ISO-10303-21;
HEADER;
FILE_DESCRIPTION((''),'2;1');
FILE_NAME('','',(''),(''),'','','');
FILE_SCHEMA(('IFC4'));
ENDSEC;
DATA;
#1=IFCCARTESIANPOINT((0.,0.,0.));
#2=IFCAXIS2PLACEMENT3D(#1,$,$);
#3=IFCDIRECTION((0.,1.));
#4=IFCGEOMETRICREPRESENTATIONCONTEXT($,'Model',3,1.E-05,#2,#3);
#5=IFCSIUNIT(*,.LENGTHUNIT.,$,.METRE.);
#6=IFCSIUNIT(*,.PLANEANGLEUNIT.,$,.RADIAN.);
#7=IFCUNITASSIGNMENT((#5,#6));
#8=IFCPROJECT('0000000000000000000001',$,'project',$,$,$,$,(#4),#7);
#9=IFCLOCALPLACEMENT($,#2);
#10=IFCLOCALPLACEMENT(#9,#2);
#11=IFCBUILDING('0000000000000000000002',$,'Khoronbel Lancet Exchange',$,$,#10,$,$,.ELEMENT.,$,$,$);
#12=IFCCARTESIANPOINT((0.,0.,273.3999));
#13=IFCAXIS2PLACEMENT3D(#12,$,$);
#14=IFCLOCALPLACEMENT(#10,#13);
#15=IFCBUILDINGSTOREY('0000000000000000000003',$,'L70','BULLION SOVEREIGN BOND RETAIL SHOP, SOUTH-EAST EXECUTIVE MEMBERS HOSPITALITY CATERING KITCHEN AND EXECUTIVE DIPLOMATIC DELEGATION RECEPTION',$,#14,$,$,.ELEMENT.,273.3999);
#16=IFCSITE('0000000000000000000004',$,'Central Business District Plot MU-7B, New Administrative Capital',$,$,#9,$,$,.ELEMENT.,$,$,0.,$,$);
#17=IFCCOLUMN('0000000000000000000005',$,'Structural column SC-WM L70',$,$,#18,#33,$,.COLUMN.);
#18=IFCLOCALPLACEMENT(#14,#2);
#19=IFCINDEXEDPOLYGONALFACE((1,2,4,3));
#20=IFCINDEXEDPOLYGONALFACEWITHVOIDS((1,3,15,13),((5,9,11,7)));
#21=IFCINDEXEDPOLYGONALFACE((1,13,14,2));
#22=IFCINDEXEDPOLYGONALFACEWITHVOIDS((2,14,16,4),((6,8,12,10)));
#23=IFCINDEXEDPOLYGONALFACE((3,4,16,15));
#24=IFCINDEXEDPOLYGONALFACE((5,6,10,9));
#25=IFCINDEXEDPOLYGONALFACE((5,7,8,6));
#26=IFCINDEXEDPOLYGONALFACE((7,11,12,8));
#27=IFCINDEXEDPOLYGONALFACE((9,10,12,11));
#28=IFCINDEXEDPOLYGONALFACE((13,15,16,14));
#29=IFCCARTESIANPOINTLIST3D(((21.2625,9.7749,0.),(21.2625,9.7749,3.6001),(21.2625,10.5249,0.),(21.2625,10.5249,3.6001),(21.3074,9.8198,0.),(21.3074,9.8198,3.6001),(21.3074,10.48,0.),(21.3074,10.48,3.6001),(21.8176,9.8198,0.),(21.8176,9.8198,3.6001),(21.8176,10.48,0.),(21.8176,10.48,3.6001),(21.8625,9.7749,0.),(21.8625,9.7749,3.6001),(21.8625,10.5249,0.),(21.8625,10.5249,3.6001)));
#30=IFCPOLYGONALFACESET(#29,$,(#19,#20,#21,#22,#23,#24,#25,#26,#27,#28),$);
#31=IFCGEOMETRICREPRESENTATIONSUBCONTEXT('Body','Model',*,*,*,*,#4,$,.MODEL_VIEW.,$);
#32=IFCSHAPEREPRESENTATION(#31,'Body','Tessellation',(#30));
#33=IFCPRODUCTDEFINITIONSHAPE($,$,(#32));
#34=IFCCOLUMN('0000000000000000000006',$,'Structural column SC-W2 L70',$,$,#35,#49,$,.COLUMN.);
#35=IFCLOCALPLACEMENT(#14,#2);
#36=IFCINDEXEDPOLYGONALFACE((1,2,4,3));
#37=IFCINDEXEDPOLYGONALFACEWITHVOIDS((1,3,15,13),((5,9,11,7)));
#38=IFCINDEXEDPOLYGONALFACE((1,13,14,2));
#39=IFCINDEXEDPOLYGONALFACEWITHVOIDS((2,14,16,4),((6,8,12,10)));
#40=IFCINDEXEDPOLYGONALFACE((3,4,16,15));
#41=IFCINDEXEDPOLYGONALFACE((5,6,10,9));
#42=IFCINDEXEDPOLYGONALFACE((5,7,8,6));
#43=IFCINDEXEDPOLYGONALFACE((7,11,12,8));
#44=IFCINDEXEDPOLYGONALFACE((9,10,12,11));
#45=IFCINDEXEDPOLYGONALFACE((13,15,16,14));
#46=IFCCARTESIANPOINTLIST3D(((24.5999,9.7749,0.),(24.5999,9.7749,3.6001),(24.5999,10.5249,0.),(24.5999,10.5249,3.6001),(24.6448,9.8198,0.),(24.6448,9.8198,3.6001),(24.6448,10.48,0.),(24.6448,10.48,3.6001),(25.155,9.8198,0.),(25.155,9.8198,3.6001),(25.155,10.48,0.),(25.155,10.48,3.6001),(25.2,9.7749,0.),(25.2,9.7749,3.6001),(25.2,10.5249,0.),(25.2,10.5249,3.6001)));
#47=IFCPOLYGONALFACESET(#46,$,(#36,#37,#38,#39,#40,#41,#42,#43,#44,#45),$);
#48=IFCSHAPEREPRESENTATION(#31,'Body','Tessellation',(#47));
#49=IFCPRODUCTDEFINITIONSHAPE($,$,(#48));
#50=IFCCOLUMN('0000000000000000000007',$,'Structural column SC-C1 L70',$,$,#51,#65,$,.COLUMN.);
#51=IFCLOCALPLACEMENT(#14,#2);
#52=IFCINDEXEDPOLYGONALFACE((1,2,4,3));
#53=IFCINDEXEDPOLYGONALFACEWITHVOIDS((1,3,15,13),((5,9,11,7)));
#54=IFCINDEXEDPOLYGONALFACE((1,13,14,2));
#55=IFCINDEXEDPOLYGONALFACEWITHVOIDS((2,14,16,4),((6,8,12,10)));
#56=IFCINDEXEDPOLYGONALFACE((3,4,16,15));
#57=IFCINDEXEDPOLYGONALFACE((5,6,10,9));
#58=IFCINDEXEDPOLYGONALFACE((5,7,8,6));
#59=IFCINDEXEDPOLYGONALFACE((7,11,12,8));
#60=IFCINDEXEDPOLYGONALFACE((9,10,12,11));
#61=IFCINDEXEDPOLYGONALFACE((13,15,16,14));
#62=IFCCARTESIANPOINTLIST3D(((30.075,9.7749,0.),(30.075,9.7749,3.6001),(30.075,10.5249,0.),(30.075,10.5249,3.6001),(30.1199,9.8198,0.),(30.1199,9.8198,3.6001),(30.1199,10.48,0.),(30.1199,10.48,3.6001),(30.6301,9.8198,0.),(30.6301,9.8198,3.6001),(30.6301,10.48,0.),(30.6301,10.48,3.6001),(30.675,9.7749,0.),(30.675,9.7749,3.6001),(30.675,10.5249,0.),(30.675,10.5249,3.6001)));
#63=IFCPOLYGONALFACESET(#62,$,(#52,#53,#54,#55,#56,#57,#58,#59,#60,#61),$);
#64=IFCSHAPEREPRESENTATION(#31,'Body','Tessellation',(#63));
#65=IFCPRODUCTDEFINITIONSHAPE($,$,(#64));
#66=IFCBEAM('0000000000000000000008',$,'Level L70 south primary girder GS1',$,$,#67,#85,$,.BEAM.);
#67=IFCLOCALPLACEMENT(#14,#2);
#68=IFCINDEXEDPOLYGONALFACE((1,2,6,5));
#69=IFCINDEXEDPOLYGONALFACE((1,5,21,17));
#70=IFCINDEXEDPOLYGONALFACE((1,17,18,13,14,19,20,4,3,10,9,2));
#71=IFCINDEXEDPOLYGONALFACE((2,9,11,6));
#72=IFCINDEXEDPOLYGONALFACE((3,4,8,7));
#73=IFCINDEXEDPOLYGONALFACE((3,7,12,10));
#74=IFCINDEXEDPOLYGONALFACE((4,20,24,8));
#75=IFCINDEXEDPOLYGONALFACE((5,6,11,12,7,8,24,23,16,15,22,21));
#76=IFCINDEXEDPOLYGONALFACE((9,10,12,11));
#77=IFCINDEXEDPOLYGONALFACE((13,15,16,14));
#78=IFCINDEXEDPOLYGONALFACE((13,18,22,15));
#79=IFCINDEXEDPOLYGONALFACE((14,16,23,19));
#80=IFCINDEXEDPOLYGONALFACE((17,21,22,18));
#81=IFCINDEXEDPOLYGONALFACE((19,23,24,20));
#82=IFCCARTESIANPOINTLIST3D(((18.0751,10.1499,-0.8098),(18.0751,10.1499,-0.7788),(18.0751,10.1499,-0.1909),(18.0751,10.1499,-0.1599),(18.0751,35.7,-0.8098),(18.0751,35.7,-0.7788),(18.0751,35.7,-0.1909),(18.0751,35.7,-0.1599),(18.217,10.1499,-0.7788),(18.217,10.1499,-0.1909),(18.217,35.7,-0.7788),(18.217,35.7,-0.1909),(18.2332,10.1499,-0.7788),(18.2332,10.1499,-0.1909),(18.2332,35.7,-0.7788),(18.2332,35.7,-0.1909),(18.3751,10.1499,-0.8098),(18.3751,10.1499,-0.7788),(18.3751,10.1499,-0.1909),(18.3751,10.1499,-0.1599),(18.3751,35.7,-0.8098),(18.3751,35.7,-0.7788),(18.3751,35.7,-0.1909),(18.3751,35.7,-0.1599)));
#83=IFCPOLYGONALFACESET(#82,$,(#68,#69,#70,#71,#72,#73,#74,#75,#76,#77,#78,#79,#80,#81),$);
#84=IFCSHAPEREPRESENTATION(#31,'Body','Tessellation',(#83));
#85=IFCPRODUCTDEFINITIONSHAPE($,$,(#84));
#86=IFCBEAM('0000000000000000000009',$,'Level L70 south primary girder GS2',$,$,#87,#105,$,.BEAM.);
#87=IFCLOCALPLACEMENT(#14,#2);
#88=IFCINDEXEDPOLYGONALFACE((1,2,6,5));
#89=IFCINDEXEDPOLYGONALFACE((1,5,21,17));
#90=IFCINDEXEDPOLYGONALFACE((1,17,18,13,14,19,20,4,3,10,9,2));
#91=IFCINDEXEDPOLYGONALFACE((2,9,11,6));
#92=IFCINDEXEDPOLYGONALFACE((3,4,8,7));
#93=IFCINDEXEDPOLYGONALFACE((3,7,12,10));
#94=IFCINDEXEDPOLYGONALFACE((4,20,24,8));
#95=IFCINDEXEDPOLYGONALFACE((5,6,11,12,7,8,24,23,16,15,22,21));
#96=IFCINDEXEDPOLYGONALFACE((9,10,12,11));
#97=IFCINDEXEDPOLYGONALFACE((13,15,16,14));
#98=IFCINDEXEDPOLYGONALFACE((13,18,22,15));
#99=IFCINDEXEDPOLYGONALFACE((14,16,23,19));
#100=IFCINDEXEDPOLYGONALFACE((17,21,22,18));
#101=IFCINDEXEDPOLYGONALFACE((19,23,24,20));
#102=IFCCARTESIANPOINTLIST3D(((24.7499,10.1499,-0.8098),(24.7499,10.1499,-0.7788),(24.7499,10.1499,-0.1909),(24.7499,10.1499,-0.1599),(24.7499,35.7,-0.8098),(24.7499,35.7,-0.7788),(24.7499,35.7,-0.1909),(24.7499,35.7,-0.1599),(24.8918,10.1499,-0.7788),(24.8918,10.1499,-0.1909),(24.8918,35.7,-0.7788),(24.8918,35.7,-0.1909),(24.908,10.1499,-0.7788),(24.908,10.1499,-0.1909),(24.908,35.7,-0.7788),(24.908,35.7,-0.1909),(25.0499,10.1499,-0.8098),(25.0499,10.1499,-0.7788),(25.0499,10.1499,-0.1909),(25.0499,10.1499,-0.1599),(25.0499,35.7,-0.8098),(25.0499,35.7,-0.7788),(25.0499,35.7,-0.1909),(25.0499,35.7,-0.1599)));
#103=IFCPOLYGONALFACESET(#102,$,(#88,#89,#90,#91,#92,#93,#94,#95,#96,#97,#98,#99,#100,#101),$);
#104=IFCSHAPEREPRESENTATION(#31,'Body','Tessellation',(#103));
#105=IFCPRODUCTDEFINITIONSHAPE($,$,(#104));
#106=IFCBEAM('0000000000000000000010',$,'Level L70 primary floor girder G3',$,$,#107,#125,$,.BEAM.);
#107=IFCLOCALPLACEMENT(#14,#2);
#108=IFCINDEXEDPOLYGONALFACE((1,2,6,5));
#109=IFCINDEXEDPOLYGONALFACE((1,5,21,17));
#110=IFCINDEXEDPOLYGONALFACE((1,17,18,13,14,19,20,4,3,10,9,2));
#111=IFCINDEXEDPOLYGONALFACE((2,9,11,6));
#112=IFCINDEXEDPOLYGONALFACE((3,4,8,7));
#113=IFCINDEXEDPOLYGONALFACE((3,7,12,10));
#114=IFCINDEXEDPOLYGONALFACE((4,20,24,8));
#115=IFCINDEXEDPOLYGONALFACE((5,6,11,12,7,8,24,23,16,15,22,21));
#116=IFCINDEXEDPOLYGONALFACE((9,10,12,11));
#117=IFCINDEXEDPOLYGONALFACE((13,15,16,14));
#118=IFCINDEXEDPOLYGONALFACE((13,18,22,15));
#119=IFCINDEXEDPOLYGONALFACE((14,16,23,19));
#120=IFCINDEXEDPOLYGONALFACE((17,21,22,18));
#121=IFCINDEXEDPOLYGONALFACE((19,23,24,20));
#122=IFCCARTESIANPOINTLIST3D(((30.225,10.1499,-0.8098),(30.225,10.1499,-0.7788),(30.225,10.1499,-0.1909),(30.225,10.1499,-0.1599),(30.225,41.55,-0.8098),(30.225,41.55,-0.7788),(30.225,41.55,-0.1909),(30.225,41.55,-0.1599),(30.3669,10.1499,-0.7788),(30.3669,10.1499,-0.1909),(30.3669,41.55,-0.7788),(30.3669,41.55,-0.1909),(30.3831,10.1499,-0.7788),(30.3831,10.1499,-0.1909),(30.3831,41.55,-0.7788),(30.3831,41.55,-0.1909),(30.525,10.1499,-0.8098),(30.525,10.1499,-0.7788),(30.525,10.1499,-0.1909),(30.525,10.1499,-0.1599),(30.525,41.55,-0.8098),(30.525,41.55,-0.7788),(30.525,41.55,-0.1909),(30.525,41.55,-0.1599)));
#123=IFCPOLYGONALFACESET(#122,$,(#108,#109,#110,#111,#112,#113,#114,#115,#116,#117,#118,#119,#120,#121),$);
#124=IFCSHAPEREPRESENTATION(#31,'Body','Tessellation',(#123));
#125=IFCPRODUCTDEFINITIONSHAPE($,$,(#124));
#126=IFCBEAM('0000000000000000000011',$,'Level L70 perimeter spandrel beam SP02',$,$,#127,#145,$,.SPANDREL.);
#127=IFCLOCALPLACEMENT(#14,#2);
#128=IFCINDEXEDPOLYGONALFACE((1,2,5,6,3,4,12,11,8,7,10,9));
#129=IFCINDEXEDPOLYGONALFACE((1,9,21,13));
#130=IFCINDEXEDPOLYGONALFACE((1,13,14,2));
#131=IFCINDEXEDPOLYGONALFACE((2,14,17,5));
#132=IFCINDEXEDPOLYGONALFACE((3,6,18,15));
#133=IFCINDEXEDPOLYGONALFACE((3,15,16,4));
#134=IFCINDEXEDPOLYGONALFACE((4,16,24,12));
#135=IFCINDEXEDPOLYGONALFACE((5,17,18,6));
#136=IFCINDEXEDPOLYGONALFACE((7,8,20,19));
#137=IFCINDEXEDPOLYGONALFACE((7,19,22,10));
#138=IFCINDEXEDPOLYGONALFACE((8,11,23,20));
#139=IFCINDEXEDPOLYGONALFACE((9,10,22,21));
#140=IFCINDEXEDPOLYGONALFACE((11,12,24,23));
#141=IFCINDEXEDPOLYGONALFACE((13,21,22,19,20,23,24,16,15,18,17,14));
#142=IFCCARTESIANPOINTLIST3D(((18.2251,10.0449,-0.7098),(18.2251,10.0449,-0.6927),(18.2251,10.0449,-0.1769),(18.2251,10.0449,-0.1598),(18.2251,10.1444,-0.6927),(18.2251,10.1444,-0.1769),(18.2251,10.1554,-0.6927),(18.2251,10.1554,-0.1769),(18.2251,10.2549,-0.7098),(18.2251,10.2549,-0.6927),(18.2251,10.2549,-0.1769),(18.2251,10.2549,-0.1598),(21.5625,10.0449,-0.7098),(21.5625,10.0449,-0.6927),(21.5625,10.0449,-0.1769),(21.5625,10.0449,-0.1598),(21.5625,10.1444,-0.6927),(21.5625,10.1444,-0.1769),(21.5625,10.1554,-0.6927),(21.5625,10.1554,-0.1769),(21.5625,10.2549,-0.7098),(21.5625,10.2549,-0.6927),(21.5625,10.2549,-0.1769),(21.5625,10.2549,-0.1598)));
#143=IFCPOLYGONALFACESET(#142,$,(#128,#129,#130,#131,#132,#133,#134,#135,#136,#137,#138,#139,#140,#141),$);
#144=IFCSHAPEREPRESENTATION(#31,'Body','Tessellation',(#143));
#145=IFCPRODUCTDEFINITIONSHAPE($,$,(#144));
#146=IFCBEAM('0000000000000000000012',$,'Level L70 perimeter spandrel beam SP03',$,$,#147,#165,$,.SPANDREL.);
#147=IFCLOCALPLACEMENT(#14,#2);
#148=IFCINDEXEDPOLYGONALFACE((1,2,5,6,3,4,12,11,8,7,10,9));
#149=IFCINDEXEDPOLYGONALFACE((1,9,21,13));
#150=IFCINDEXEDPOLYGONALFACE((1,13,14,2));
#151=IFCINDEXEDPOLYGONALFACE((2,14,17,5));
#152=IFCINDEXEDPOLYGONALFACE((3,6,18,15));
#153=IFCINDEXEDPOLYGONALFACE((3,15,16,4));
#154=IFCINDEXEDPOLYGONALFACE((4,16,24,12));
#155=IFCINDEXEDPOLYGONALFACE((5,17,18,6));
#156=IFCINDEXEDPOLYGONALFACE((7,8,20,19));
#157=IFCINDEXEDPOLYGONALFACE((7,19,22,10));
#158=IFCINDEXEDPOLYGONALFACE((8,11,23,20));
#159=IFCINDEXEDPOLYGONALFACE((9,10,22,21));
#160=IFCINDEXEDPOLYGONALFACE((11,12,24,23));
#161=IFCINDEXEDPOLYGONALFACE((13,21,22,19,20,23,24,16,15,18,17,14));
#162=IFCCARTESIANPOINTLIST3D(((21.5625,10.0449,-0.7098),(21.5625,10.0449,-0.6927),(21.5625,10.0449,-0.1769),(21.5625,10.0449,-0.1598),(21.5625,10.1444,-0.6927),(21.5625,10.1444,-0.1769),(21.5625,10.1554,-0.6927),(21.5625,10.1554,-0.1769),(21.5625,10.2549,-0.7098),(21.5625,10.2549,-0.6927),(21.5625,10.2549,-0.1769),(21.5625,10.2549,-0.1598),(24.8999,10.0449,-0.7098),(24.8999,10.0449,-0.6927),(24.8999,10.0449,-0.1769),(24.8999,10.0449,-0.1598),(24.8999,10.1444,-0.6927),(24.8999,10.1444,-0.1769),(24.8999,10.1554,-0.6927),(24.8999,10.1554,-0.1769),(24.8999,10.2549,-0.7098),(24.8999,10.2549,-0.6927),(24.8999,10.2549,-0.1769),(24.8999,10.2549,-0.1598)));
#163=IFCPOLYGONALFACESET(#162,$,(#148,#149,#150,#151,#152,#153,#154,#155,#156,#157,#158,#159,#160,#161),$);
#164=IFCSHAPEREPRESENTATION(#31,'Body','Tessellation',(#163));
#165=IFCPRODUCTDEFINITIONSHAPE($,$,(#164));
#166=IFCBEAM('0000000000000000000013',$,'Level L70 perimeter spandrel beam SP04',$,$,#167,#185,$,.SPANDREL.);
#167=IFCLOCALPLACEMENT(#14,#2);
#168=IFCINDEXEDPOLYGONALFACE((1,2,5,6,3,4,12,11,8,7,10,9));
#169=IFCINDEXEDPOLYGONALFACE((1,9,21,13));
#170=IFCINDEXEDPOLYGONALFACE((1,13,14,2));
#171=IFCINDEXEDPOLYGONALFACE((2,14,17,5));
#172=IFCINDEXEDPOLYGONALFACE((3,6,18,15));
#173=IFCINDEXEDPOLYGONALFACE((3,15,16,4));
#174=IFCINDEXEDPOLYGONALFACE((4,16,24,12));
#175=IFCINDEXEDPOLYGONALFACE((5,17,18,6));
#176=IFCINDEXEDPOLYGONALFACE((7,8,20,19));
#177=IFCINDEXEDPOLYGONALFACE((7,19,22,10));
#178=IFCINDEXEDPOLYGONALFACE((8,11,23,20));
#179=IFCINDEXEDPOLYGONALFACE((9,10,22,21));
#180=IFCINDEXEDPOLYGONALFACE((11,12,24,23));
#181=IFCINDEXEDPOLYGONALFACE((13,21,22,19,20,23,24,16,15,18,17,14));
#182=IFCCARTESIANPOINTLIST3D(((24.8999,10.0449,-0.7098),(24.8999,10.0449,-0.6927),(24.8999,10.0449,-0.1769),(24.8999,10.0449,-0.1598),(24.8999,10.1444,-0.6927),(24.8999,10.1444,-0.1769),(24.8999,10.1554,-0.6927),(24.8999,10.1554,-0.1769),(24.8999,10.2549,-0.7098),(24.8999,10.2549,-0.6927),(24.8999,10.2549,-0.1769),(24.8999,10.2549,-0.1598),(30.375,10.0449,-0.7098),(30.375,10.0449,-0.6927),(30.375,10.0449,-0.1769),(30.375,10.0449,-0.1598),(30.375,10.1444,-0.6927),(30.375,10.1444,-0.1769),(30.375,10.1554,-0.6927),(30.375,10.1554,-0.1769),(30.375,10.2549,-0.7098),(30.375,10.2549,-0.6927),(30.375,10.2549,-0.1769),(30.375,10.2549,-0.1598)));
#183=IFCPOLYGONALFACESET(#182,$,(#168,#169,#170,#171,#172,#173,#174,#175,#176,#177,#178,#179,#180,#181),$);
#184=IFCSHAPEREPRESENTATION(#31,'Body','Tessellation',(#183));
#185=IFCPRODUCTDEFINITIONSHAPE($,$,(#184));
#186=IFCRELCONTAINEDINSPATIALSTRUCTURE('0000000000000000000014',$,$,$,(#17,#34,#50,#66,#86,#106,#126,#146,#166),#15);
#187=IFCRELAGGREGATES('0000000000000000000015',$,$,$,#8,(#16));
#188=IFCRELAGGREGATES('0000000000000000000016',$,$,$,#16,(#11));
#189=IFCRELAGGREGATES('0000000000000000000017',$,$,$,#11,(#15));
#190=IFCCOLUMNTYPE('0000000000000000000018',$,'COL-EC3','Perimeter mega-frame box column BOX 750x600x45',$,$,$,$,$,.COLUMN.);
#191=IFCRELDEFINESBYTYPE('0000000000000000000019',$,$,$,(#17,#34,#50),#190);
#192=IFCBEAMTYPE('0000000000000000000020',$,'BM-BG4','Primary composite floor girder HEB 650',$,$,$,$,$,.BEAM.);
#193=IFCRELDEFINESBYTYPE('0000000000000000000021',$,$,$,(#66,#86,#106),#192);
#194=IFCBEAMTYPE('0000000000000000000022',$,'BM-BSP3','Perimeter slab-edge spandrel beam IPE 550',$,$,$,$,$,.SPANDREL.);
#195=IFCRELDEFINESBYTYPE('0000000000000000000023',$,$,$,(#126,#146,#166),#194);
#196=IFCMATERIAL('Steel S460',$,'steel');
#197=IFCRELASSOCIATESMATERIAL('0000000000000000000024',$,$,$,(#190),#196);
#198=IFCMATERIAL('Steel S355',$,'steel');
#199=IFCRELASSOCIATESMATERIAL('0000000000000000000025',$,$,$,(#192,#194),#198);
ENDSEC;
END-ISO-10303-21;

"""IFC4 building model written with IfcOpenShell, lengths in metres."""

from ifc_helpers import new_model, si_unit, direction, frame, origin, origin_2d, place, context, subcontext, project, spatial, hollow_rectangle, i_section, extrude, material, material_profile, profile_set, type_object, element, save


model = new_model("IFC4")

# Units and contexts
model_context = context("Model", 3, precision=1e-05, world=origin(), true_north=direction((0.0, 1.0)))
body_context = subcontext(model_context, "Body", "Model", "MODEL_VIEW")
ifc_project = project(units=[si_unit("LENGTHUNIT", "METRE"), si_unit("PLANEANGLEUNIT", "RADIAN")], contexts=[model_context])

# Site, building, storey
site_placement = place(None, origin())
site = spatial("IfcSite", under=ifc_project, at=site_placement, Name="Central Business District Plot MU-7B, New Administrative Capital", CompositionType="ELEMENT", RefElevation=0.0)
building_placement = place(site_placement, origin())
building = spatial("IfcBuilding", under=site, at=building_placement, Name="Khoronbel Lancet Exchange", CompositionType="ELEMENT")
storey_placement = place(building_placement, frame((0.0, 0.0, 273.3999)))
storey = spatial("IfcBuildingStorey", under=building, at=storey_placement, Name="L70", Description="BULLION SOVEREIGN BOND RETAIL SHOP, SOUTH-EAST EXECUTIVE MEMBERS HOSPITALITY CATERING KITCHEN AND EXECUTIVE DIPLOMATIC DELEGATION RECEPTION", CompositionType="ELEMENT", Elevation=273.3999)

# Columns
ifc_material_1 = material(Name="Steel S460", Category="steel")
ifc_material_profile_1 = material_profile(ifc_material_1, hollow_rectangle(XDim=0.6001, YDim=0.75, WallThickness=0.0449, at=origin_2d()), Name="BOX 750x600x45")
ifc_profile_set_1 = profile_set([ifc_material_profile_1], Name="Steel S460")
column_type = type_object("IfcColumnType", Name="COL-EC3", Description="Perimeter mega-frame box column BOX 750x600x45", PredefinedType="COLUMN", material=ifc_profile_set_1)
for number, where, z_axis, x_axis, name in (
    (1, (21.5625, 10.1499, 0.0), (0.0, 0.0, 1.0), (1.0, 0.0, 0.0), "Structural column SC-WM L70"),
    (2, (24.8999, 10.1499, 0.0), (0.0, 0.0, 1.0), (1.0, 0.0, 0.0), "Structural column SC-W2 L70"),
    (3, (30.375, 10.1499, 0.0), (0.0, 0.0, 1.0), (1.0, 0.0, 0.0), "Structural column SC-C1 L70"),
):
    element("IfcColumn", number, at=place(storey_placement, frame(where, z_axis=z_axis, x_axis=x_axis)), inside=storey, type_object=column_type, Name=name, PredefinedType="COLUMN", context=body_context, shape_type="SweptSolid", body=[
        extrude(hollow_rectangle(XDim=0.6001, YDim=0.75, WallThickness=0.0449, at=origin_2d()), origin(), (0.0, 0.0, 1.0), 3.6001),
    ])

# Beams
ifc_material_2 = material(Name="Steel S355", Category="steel")
ifc_material_profile_2 = material_profile(ifc_material_2, i_section(OverallWidth=0.3, OverallDepth=0.6499, WebThickness=0.0161, FlangeThickness=0.031, at=origin_2d()), Name="HEB 650")
ifc_profile_set_2 = profile_set([ifc_material_profile_2], Name="Steel S355")
beam_type_1 = type_object("IfcBeamType", Name="BM-BG4", Description="Primary composite floor girder HEB 650", PredefinedType="BEAM", material=ifc_profile_set_2)
for number, where, z_axis, x_axis, name in (
    (4, (18.2251, 10.1499, -0.4849), (0.0, 1.0, 0.0), (-1.0, 0.0, 0.0), "Level L70 south primary girder GS1"),
    (5, (24.8999, 10.1499, -0.4849), (0.0, 1.0, 0.0), (-1.0, 0.0, 0.0), "Level L70 south primary girder GS2"),
):
    element("IfcBeam", number, at=place(storey_placement, frame(where, z_axis=z_axis, x_axis=x_axis)), inside=storey, type_object=beam_type_1, Name=name, PredefinedType="BEAM", context=body_context, shape_type="SweptSolid", body=[
        extrude(i_section(OverallWidth=0.3, OverallDepth=0.6499, WebThickness=0.0161, FlangeThickness=0.031, at=origin_2d()), origin(), (0.0, 0.0, 1.0), 25.55),
    ])
beam_1_placement = place(storey_placement, frame((30.375, 10.1499, -0.4849), z_axis=(0.0, 1.0, 0.0), x_axis=(-1.0, 0.0, 0.0)))
element("IfcBeam", 6, at=beam_1_placement, inside=storey, type_object=beam_type_1, Name="Level L70 primary floor girder G3", PredefinedType="BEAM", context=body_context, shape_type="SweptSolid", body=[
    extrude(i_section(OverallWidth=0.3, OverallDepth=0.6499, WebThickness=0.0161, FlangeThickness=0.031, at=origin_2d()), origin(), (0.0, 0.0, 1.0), 31.4001),
])
ifc_material_profile_3 = material_profile(ifc_material_2, i_section(OverallWidth=0.21, OverallDepth=0.55, WebThickness=0.011, FlangeThickness=0.0171, at=origin_2d()), Name="IPE 550")
ifc_profile_set_3 = profile_set([ifc_material_profile_3], Name="Steel S355")
beam_type_2 = type_object("IfcBeamType", Name="BM-BSP3", Description="Perimeter slab-edge spandrel beam IPE 550", PredefinedType="SPANDREL", material=ifc_profile_set_3)
for number, where, z_axis, x_axis, name in (
    (7, (18.2251, 10.1499, -0.4348), (1.0, 0.0, 0.0), (0.0, 1.0, 0.0), "Level L70 perimeter spandrel beam SP02"),
    (8, (21.5625, 10.1499, -0.4348), (1.0, 0.0, 0.0), (0.0, 1.0, 0.0), "Level L70 perimeter spandrel beam SP03"),
):
    element("IfcBeam", number, at=place(storey_placement, frame(where, z_axis=z_axis, x_axis=x_axis)), inside=storey, type_object=beam_type_2, Name=name, PredefinedType="SPANDREL", context=body_context, shape_type="SweptSolid", body=[
        extrude(i_section(OverallWidth=0.21, OverallDepth=0.55, WebThickness=0.011, FlangeThickness=0.0171, at=origin_2d()), origin(), (0.0, 0.0, 1.0), 3.3374),
    ])
beam_2_placement = place(storey_placement, frame((24.8999, 10.1499, -0.4348), z_axis=(1.0, 0.0, 0.0), x_axis=(0.0, 1.0, 0.0)))
element("IfcBeam", 9, at=beam_2_placement, inside=storey, type_object=beam_type_2, Name="Level L70 perimeter spandrel beam SP04", PredefinedType="SPANDREL", context=body_context, shape_type="SweptSolid", body=[
    extrude(i_section(OverallWidth=0.21, OverallDepth=0.55, WebThickness=0.011, FlangeThickness=0.0171, at=origin_2d()), origin(), (0.0, 0.0, 1.0), 5.4751),
])

save(model, "model.ifc")
